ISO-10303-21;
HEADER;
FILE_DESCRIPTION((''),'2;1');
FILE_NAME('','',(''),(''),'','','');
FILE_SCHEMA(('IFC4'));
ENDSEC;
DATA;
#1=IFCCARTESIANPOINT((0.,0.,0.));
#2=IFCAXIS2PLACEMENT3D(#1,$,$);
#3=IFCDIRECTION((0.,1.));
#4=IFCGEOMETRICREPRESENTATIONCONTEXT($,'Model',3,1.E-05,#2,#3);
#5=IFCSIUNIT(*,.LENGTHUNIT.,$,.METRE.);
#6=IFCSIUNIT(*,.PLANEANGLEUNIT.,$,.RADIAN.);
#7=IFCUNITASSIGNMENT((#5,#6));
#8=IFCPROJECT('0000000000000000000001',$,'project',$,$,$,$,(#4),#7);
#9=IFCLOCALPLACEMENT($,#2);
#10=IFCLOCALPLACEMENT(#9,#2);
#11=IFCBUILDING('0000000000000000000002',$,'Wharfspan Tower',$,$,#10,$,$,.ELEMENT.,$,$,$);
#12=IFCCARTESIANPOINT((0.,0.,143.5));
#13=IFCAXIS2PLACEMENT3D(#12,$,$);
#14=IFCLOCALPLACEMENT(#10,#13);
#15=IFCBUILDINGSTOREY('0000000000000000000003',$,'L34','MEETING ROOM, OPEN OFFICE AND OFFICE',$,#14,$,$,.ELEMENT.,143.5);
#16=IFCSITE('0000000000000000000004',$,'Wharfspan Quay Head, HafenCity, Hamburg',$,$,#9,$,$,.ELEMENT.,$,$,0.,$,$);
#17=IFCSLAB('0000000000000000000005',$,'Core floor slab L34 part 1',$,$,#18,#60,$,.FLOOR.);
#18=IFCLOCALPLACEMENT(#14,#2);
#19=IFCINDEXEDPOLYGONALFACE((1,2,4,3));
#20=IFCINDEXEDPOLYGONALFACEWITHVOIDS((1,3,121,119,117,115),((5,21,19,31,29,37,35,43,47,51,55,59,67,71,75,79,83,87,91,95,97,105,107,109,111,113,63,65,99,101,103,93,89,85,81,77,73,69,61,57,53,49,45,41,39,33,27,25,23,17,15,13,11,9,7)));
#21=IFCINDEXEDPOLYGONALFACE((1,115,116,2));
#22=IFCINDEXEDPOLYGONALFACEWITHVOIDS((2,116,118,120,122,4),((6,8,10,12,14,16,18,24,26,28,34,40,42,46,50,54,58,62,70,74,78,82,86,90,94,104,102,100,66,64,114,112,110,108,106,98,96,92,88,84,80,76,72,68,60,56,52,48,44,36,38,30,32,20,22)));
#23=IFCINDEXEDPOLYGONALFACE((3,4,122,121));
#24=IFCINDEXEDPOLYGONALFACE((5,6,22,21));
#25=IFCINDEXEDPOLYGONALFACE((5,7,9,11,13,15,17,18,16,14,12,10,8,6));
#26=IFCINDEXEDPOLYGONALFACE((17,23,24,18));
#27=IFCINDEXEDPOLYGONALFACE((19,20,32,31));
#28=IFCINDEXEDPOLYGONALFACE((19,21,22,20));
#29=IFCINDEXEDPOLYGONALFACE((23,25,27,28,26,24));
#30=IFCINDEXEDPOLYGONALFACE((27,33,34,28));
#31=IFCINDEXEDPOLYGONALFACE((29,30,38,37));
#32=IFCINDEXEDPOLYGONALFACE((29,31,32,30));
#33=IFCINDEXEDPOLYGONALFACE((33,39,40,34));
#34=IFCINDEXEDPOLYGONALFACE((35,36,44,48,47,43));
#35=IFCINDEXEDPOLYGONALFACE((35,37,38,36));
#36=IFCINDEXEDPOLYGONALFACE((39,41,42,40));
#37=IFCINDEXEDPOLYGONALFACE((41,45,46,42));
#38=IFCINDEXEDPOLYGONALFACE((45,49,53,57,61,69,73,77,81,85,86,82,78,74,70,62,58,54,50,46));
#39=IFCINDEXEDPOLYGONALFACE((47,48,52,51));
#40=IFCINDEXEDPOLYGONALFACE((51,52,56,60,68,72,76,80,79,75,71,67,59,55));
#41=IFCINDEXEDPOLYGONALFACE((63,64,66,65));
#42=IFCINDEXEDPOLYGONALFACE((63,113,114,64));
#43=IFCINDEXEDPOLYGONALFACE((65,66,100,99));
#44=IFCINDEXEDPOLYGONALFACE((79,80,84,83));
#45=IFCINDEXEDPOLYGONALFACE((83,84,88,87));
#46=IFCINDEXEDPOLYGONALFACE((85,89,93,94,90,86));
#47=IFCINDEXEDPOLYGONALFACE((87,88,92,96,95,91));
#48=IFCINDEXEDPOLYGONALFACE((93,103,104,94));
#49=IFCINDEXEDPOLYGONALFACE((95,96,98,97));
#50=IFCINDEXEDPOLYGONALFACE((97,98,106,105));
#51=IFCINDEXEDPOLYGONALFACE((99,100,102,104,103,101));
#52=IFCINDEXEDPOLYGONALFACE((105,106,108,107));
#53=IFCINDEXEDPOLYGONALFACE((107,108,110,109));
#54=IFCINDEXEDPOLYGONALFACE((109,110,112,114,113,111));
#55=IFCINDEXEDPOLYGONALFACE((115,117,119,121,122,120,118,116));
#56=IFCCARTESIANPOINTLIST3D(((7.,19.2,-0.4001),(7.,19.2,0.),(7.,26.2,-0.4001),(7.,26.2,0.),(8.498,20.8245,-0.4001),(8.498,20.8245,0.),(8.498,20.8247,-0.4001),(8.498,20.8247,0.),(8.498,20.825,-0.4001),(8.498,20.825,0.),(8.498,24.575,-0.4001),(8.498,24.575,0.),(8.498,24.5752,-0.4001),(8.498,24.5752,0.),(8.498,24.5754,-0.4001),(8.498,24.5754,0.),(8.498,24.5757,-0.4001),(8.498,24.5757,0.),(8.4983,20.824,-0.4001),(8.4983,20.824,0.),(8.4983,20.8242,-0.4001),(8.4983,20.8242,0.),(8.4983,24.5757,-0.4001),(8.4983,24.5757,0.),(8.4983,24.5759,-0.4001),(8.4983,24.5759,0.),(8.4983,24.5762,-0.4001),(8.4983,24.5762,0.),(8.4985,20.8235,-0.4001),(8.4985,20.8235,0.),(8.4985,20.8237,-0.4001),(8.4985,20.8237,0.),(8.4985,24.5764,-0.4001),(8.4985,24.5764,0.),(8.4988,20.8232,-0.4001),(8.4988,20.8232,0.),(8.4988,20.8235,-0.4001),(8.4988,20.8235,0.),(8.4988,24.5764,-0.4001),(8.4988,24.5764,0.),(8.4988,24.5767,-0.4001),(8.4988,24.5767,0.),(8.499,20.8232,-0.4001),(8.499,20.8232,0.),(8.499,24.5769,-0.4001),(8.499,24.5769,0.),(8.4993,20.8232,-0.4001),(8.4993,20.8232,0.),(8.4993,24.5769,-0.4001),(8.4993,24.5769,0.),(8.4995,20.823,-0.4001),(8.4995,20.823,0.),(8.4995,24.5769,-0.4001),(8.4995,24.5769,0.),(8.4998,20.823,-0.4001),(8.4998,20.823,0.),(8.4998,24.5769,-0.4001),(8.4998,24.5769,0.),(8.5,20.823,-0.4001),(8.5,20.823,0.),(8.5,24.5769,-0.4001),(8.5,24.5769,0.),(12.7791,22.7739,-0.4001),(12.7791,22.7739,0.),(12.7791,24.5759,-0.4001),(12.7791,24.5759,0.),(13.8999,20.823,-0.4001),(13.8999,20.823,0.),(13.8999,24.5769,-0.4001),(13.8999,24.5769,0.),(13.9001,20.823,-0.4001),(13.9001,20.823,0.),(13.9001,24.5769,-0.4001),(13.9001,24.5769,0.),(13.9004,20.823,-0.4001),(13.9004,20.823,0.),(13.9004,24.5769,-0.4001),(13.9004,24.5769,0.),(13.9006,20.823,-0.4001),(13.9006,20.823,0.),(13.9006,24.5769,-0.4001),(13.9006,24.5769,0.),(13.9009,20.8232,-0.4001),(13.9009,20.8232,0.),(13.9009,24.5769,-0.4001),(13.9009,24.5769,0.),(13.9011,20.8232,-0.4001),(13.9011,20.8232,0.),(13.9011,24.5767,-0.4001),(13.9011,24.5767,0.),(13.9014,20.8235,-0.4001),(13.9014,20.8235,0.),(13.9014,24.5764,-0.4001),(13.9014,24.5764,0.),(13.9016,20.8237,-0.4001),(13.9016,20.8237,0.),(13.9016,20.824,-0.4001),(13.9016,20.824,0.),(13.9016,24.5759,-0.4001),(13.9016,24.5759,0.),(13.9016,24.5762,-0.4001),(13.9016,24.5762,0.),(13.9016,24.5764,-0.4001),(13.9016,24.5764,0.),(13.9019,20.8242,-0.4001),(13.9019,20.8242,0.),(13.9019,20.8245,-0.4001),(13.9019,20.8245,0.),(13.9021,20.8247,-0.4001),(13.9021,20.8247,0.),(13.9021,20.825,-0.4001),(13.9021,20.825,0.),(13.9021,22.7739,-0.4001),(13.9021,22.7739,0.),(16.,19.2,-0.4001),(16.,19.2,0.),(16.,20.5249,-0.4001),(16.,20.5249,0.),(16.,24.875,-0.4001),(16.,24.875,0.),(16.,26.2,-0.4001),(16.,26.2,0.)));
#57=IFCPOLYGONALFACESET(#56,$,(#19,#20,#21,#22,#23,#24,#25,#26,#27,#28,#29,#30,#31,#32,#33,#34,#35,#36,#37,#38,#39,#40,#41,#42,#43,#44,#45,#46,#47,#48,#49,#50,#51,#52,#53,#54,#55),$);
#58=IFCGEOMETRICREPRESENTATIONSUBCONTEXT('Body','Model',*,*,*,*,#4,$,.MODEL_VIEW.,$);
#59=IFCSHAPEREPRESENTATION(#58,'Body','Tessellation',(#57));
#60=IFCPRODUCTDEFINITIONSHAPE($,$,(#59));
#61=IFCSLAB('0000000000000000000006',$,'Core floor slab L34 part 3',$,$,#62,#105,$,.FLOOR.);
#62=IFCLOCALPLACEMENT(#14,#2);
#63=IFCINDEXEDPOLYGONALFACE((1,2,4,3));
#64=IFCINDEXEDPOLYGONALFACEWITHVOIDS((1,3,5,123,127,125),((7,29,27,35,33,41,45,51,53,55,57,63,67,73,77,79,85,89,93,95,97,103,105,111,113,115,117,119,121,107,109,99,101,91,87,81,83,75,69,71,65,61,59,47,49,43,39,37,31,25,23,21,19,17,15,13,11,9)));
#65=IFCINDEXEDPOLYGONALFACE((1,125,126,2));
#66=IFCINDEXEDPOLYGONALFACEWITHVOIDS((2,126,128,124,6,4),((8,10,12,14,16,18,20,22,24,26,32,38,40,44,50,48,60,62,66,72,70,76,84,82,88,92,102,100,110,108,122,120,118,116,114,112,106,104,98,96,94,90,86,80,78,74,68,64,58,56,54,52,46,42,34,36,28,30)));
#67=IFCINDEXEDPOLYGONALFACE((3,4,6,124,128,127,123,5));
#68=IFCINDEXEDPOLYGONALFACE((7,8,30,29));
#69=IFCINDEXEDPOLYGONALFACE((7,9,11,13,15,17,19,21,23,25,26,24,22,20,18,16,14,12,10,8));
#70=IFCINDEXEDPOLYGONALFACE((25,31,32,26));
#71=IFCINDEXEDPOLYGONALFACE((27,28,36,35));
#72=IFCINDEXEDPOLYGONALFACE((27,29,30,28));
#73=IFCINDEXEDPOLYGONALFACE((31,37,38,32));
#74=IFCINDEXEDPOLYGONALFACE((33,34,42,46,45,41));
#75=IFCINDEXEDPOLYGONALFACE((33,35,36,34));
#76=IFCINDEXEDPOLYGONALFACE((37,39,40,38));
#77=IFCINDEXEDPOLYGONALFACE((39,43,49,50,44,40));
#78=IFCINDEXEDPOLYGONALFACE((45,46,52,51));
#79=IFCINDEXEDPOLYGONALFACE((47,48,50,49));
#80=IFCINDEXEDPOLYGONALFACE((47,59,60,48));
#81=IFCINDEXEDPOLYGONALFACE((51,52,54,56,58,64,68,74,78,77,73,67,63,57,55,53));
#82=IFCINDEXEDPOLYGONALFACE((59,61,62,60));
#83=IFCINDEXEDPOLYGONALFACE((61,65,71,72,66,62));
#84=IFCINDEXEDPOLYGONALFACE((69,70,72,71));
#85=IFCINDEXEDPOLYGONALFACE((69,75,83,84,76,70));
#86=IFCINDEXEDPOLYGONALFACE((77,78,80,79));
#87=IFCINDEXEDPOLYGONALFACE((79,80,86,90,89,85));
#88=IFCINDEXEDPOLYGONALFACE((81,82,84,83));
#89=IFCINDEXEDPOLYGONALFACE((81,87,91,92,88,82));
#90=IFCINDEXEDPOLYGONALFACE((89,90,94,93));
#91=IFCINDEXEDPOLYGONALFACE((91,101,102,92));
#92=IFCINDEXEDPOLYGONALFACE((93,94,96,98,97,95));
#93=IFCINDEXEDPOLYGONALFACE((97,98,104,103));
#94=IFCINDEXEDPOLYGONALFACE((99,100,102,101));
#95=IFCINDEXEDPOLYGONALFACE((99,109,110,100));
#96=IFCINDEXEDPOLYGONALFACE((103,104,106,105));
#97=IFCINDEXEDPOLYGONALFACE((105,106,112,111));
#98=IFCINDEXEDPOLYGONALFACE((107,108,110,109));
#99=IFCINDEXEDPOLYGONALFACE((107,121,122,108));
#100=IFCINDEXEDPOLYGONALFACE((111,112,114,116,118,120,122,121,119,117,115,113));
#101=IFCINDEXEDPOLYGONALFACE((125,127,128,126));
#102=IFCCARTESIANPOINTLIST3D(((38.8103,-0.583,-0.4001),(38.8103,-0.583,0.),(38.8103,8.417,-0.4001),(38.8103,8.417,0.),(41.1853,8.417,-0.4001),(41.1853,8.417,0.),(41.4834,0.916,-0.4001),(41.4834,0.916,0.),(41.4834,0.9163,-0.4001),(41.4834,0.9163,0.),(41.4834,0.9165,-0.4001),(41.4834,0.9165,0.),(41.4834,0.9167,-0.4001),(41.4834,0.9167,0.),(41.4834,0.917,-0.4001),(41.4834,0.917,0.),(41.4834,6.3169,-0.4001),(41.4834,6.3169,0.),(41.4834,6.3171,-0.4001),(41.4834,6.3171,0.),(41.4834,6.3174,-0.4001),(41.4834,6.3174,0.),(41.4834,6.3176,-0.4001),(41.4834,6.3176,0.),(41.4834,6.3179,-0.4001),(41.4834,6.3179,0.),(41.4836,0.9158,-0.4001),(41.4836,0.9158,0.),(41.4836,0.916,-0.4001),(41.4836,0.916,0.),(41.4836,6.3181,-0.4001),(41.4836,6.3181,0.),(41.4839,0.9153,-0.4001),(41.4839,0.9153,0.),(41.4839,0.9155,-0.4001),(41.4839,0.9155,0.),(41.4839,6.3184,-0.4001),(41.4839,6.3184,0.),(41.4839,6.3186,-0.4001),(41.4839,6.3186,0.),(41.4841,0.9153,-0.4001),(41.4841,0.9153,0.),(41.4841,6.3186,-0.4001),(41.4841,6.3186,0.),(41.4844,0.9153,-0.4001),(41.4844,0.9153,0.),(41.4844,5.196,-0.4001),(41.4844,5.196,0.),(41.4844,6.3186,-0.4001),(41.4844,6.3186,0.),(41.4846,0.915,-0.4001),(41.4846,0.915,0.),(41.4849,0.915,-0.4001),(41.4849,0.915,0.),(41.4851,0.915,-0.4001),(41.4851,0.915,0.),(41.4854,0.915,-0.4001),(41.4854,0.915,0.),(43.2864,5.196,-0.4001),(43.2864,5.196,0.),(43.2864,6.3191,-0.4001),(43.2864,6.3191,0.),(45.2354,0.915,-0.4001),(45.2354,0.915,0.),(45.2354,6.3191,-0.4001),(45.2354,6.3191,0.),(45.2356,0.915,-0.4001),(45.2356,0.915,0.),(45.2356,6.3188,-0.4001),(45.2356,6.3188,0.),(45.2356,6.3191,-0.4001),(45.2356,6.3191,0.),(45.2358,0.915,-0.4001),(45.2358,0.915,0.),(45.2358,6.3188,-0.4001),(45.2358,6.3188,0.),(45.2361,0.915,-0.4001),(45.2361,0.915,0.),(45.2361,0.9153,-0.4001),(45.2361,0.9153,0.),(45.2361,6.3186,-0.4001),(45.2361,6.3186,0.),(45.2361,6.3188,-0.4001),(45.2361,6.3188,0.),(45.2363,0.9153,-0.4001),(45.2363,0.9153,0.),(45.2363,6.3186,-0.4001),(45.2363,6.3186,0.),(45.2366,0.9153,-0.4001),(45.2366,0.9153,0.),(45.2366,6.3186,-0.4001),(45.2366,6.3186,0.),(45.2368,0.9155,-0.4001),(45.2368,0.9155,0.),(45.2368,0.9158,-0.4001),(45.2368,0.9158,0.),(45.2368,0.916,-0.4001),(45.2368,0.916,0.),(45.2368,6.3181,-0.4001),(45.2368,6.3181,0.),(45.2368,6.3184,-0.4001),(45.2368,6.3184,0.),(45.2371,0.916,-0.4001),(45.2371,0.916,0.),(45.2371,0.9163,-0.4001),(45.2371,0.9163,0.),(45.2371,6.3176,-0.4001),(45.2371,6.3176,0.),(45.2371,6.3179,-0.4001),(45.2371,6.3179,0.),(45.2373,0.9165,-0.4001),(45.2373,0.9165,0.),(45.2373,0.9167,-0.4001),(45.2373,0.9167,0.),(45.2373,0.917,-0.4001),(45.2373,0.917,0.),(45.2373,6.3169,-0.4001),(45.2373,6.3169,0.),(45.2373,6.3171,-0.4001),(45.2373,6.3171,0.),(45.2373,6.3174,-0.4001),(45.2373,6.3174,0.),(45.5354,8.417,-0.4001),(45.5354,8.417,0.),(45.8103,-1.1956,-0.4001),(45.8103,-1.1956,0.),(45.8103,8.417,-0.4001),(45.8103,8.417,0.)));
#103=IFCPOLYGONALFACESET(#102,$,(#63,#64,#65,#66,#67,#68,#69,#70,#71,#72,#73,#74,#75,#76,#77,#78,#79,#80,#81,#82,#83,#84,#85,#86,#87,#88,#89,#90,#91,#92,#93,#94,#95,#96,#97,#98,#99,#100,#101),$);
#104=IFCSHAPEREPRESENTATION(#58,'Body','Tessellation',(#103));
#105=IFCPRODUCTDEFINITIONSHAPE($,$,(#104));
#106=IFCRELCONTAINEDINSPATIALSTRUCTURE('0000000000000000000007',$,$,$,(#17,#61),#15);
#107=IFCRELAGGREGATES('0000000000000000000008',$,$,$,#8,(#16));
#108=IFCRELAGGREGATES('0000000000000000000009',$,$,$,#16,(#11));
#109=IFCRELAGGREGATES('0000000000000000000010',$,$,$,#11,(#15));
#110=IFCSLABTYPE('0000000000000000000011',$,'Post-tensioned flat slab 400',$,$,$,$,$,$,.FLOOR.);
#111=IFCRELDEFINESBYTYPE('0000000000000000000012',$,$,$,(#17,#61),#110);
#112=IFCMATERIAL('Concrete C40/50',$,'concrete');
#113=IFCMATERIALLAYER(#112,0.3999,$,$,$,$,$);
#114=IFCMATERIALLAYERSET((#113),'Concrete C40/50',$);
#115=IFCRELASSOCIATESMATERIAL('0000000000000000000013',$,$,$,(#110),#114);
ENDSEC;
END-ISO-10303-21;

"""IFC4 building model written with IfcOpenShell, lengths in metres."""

from ifc_helpers import new_model, si_unit, direction, frame, origin, place, context, subcontext, project, spatial, polyline, outline, extrude, material, layer, layer_set, type_object, element, save


model = new_model("IFC4")

# Units and contexts
model_context = context("Model", 3, precision=1e-05, world=origin(), true_north=direction((0.0, 1.0)))
body_context = subcontext(model_context, "Body", "Model", "MODEL_VIEW")
ifc_project = project(units=[si_unit("LENGTHUNIT", "METRE"), si_unit("PLANEANGLEUNIT", "RADIAN")], contexts=[model_context])

# Site, building, storey
site_placement = place(None, origin())
site = spatial("IfcSite", under=ifc_project, at=site_placement, Name="Wharfspan Quay Head, HafenCity, Hamburg", CompositionType="ELEMENT", RefElevation=0.0)
building_placement = place(site_placement, origin())
building = spatial("IfcBuilding", under=site, at=building_placement, Name="Wharfspan Tower", CompositionType="ELEMENT")
storey_placement = place(building_placement, frame((0.0, 0.0, 143.5)))
storey = spatial("IfcBuildingStorey", under=building, at=storey_placement, Name="L34", Description="MEETING ROOM, OPEN OFFICE AND OFFICE", CompositionType="ELEMENT", Elevation=143.5)

# Slabs
ifc_material_1 = material(Name="Concrete C40/50", Category="concrete")
ifc_layer_1 = layer(ifc_material_1, 0.3999)
ifc_layer_set_1 = layer_set([ifc_layer_1], Name="Concrete C40/50")
slab_type_1 = type_object("IfcSlabType", Name="Post-tensioned flat slab 400", PredefinedType="FLOOR", material=ifc_layer_set_1)
slab_1_placement = place(storey_placement, frame((0.0, 0.0, -0.4001)))
element("IfcSlab", 1, at=slab_1_placement, inside=storey, type_object=slab_type_1, Name="Core floor slab L34 part 1", PredefinedType="FLOOR", context=body_context, shape_type="SweptSolid", body=[
    extrude(outline(polyline([(16.0, 20.5249), (16.0, 24.875), (16.0, 26.2), (7.0, 26.2), (7.0, 19.2), (16.0, 19.2), (16.0, 20.5249)]), holes=[polyline([(13.9021, 20.8247), (13.9021, 20.8247), (13.9019, 20.8245), (13.9019, 20.8242), (13.9019, 20.8242), (13.9016, 20.824), (13.9016, 20.8237), (13.9014, 20.8235), (13.9014, 20.8235), (13.9011, 20.8232), (13.9009, 20.8232), (13.9009, 20.8232), (13.9006, 20.823), (13.9004, 20.823), (13.9001, 20.823), (13.8999, 20.823), (8.5, 20.823), (8.4998, 20.823), (8.4995, 20.823), (8.4995, 20.823), (8.4993, 20.8232), (8.499, 20.8232), (8.4988, 20.8232), (8.4988, 20.8235), (8.4985, 20.8235), (8.4985, 20.8237), (8.4983, 20.824), (8.4983, 20.8242), (8.4983, 20.8242), (8.498, 20.8245), (8.498, 20.8247), (8.498, 20.8247), (8.498, 20.825), (8.498, 24.575), (8.498, 24.5752), (8.498, 24.5754), (8.498, 24.5757), (8.4983, 24.5757), (8.4983, 24.5759), (8.4983, 24.5762), (8.4985, 24.5764), (8.4985, 24.5764), (8.4988, 24.5764), (8.4988, 24.5767), (8.499, 24.5769), (8.4993, 24.5769), (8.4995, 24.5769), (8.4995, 24.5769), (8.4998, 24.5769), (8.5, 24.5769), (13.8999, 24.5769), (13.9001, 24.5769), (13.9004, 24.5769), (13.9006, 24.5769), (13.9009, 24.5769), (13.9009, 24.5769), (13.9011, 24.5767), (13.9014, 24.5764), (13.9014, 24.5764), (13.9016, 24.5764), (13.9016, 24.5762), (13.9016, 24.5759), (12.7791, 24.5759), (12.7791, 22.7739), (13.9021, 22.7739), (13.9021, 20.825), (13.9021, 20.8247)])]), origin(), (0.0, 0.0, 1.0), 0.4001),
])
slab_2_placement = place(storey_placement, frame((0.0, 0.0, -0.4001)))
element("IfcSlab", 2, at=slab_2_placement, inside=storey, type_object=slab_type_1, Name="Core floor slab L34 part 3", PredefinedType="FLOOR", context=body_context, shape_type="SweptSolid", body=[
    extrude(outline(polyline([(45.5354, 8.417), (41.1853, 8.417), (38.8103, 8.417), (38.8103, -0.583), (45.8103, -1.1956), (45.8103, 8.417), (45.5354, 8.417)]), holes=[polyline([(45.2356, 6.3191), (45.2356, 6.3188), (45.2358, 6.3188), (45.2361, 6.3188), (45.2361, 6.3186), (45.2363, 6.3186), (45.2366, 6.3186), (45.2368, 6.3184), (45.2368, 6.3181), (45.2368, 6.3181), (45.2371, 6.3179), (45.2371, 6.3176), (45.2373, 6.3174), (45.2373, 6.3174), (45.2373, 6.3171), (45.2373, 6.3169), (45.2373, 0.917), (45.2373, 0.9167), (45.2373, 0.9165), (45.2373, 0.9165), (45.2371, 0.9163), (45.2371, 0.916), (45.2368, 0.916), (45.2368, 0.9158), (45.2368, 0.9155), (45.2366, 0.9153), (45.2363, 0.9153), (45.2361, 0.9153), (45.2361, 0.915), (45.2358, 0.915), (45.2356, 0.915), (45.2356, 0.915), (45.2354, 0.915), (41.4854, 0.915), (41.4851, 0.915), (41.4849, 0.915), (41.4846, 0.915), (41.4846, 0.915), (41.4844, 0.9153), (41.4841, 0.9153), (41.4839, 0.9153), (41.4839, 0.9155), (41.4836, 0.9158), (41.4836, 0.916), (41.4834, 0.916), (41.4834, 0.9163), (41.4834, 0.9165), (41.4834, 0.9165), (41.4834, 0.9167), (41.4834, 0.917), (41.4834, 6.3169), (41.4834, 6.3171), (41.4834, 6.3174), (41.4834, 6.3174), (41.4834, 6.3176), (41.4834, 6.3179), (41.4836, 6.3181), (41.4836, 6.3181), (41.4839, 6.3184), (41.4839, 6.3186), (41.4841, 6.3186), (41.4844, 6.3186), (41.4844, 5.196), (43.2864, 5.196), (43.2864, 6.3191), (45.2354, 6.3191), (45.2356, 6.3191)])]), origin(), (0.0, 0.0, 1.0), 0.4001),
])

save(model, "model.ifc")
